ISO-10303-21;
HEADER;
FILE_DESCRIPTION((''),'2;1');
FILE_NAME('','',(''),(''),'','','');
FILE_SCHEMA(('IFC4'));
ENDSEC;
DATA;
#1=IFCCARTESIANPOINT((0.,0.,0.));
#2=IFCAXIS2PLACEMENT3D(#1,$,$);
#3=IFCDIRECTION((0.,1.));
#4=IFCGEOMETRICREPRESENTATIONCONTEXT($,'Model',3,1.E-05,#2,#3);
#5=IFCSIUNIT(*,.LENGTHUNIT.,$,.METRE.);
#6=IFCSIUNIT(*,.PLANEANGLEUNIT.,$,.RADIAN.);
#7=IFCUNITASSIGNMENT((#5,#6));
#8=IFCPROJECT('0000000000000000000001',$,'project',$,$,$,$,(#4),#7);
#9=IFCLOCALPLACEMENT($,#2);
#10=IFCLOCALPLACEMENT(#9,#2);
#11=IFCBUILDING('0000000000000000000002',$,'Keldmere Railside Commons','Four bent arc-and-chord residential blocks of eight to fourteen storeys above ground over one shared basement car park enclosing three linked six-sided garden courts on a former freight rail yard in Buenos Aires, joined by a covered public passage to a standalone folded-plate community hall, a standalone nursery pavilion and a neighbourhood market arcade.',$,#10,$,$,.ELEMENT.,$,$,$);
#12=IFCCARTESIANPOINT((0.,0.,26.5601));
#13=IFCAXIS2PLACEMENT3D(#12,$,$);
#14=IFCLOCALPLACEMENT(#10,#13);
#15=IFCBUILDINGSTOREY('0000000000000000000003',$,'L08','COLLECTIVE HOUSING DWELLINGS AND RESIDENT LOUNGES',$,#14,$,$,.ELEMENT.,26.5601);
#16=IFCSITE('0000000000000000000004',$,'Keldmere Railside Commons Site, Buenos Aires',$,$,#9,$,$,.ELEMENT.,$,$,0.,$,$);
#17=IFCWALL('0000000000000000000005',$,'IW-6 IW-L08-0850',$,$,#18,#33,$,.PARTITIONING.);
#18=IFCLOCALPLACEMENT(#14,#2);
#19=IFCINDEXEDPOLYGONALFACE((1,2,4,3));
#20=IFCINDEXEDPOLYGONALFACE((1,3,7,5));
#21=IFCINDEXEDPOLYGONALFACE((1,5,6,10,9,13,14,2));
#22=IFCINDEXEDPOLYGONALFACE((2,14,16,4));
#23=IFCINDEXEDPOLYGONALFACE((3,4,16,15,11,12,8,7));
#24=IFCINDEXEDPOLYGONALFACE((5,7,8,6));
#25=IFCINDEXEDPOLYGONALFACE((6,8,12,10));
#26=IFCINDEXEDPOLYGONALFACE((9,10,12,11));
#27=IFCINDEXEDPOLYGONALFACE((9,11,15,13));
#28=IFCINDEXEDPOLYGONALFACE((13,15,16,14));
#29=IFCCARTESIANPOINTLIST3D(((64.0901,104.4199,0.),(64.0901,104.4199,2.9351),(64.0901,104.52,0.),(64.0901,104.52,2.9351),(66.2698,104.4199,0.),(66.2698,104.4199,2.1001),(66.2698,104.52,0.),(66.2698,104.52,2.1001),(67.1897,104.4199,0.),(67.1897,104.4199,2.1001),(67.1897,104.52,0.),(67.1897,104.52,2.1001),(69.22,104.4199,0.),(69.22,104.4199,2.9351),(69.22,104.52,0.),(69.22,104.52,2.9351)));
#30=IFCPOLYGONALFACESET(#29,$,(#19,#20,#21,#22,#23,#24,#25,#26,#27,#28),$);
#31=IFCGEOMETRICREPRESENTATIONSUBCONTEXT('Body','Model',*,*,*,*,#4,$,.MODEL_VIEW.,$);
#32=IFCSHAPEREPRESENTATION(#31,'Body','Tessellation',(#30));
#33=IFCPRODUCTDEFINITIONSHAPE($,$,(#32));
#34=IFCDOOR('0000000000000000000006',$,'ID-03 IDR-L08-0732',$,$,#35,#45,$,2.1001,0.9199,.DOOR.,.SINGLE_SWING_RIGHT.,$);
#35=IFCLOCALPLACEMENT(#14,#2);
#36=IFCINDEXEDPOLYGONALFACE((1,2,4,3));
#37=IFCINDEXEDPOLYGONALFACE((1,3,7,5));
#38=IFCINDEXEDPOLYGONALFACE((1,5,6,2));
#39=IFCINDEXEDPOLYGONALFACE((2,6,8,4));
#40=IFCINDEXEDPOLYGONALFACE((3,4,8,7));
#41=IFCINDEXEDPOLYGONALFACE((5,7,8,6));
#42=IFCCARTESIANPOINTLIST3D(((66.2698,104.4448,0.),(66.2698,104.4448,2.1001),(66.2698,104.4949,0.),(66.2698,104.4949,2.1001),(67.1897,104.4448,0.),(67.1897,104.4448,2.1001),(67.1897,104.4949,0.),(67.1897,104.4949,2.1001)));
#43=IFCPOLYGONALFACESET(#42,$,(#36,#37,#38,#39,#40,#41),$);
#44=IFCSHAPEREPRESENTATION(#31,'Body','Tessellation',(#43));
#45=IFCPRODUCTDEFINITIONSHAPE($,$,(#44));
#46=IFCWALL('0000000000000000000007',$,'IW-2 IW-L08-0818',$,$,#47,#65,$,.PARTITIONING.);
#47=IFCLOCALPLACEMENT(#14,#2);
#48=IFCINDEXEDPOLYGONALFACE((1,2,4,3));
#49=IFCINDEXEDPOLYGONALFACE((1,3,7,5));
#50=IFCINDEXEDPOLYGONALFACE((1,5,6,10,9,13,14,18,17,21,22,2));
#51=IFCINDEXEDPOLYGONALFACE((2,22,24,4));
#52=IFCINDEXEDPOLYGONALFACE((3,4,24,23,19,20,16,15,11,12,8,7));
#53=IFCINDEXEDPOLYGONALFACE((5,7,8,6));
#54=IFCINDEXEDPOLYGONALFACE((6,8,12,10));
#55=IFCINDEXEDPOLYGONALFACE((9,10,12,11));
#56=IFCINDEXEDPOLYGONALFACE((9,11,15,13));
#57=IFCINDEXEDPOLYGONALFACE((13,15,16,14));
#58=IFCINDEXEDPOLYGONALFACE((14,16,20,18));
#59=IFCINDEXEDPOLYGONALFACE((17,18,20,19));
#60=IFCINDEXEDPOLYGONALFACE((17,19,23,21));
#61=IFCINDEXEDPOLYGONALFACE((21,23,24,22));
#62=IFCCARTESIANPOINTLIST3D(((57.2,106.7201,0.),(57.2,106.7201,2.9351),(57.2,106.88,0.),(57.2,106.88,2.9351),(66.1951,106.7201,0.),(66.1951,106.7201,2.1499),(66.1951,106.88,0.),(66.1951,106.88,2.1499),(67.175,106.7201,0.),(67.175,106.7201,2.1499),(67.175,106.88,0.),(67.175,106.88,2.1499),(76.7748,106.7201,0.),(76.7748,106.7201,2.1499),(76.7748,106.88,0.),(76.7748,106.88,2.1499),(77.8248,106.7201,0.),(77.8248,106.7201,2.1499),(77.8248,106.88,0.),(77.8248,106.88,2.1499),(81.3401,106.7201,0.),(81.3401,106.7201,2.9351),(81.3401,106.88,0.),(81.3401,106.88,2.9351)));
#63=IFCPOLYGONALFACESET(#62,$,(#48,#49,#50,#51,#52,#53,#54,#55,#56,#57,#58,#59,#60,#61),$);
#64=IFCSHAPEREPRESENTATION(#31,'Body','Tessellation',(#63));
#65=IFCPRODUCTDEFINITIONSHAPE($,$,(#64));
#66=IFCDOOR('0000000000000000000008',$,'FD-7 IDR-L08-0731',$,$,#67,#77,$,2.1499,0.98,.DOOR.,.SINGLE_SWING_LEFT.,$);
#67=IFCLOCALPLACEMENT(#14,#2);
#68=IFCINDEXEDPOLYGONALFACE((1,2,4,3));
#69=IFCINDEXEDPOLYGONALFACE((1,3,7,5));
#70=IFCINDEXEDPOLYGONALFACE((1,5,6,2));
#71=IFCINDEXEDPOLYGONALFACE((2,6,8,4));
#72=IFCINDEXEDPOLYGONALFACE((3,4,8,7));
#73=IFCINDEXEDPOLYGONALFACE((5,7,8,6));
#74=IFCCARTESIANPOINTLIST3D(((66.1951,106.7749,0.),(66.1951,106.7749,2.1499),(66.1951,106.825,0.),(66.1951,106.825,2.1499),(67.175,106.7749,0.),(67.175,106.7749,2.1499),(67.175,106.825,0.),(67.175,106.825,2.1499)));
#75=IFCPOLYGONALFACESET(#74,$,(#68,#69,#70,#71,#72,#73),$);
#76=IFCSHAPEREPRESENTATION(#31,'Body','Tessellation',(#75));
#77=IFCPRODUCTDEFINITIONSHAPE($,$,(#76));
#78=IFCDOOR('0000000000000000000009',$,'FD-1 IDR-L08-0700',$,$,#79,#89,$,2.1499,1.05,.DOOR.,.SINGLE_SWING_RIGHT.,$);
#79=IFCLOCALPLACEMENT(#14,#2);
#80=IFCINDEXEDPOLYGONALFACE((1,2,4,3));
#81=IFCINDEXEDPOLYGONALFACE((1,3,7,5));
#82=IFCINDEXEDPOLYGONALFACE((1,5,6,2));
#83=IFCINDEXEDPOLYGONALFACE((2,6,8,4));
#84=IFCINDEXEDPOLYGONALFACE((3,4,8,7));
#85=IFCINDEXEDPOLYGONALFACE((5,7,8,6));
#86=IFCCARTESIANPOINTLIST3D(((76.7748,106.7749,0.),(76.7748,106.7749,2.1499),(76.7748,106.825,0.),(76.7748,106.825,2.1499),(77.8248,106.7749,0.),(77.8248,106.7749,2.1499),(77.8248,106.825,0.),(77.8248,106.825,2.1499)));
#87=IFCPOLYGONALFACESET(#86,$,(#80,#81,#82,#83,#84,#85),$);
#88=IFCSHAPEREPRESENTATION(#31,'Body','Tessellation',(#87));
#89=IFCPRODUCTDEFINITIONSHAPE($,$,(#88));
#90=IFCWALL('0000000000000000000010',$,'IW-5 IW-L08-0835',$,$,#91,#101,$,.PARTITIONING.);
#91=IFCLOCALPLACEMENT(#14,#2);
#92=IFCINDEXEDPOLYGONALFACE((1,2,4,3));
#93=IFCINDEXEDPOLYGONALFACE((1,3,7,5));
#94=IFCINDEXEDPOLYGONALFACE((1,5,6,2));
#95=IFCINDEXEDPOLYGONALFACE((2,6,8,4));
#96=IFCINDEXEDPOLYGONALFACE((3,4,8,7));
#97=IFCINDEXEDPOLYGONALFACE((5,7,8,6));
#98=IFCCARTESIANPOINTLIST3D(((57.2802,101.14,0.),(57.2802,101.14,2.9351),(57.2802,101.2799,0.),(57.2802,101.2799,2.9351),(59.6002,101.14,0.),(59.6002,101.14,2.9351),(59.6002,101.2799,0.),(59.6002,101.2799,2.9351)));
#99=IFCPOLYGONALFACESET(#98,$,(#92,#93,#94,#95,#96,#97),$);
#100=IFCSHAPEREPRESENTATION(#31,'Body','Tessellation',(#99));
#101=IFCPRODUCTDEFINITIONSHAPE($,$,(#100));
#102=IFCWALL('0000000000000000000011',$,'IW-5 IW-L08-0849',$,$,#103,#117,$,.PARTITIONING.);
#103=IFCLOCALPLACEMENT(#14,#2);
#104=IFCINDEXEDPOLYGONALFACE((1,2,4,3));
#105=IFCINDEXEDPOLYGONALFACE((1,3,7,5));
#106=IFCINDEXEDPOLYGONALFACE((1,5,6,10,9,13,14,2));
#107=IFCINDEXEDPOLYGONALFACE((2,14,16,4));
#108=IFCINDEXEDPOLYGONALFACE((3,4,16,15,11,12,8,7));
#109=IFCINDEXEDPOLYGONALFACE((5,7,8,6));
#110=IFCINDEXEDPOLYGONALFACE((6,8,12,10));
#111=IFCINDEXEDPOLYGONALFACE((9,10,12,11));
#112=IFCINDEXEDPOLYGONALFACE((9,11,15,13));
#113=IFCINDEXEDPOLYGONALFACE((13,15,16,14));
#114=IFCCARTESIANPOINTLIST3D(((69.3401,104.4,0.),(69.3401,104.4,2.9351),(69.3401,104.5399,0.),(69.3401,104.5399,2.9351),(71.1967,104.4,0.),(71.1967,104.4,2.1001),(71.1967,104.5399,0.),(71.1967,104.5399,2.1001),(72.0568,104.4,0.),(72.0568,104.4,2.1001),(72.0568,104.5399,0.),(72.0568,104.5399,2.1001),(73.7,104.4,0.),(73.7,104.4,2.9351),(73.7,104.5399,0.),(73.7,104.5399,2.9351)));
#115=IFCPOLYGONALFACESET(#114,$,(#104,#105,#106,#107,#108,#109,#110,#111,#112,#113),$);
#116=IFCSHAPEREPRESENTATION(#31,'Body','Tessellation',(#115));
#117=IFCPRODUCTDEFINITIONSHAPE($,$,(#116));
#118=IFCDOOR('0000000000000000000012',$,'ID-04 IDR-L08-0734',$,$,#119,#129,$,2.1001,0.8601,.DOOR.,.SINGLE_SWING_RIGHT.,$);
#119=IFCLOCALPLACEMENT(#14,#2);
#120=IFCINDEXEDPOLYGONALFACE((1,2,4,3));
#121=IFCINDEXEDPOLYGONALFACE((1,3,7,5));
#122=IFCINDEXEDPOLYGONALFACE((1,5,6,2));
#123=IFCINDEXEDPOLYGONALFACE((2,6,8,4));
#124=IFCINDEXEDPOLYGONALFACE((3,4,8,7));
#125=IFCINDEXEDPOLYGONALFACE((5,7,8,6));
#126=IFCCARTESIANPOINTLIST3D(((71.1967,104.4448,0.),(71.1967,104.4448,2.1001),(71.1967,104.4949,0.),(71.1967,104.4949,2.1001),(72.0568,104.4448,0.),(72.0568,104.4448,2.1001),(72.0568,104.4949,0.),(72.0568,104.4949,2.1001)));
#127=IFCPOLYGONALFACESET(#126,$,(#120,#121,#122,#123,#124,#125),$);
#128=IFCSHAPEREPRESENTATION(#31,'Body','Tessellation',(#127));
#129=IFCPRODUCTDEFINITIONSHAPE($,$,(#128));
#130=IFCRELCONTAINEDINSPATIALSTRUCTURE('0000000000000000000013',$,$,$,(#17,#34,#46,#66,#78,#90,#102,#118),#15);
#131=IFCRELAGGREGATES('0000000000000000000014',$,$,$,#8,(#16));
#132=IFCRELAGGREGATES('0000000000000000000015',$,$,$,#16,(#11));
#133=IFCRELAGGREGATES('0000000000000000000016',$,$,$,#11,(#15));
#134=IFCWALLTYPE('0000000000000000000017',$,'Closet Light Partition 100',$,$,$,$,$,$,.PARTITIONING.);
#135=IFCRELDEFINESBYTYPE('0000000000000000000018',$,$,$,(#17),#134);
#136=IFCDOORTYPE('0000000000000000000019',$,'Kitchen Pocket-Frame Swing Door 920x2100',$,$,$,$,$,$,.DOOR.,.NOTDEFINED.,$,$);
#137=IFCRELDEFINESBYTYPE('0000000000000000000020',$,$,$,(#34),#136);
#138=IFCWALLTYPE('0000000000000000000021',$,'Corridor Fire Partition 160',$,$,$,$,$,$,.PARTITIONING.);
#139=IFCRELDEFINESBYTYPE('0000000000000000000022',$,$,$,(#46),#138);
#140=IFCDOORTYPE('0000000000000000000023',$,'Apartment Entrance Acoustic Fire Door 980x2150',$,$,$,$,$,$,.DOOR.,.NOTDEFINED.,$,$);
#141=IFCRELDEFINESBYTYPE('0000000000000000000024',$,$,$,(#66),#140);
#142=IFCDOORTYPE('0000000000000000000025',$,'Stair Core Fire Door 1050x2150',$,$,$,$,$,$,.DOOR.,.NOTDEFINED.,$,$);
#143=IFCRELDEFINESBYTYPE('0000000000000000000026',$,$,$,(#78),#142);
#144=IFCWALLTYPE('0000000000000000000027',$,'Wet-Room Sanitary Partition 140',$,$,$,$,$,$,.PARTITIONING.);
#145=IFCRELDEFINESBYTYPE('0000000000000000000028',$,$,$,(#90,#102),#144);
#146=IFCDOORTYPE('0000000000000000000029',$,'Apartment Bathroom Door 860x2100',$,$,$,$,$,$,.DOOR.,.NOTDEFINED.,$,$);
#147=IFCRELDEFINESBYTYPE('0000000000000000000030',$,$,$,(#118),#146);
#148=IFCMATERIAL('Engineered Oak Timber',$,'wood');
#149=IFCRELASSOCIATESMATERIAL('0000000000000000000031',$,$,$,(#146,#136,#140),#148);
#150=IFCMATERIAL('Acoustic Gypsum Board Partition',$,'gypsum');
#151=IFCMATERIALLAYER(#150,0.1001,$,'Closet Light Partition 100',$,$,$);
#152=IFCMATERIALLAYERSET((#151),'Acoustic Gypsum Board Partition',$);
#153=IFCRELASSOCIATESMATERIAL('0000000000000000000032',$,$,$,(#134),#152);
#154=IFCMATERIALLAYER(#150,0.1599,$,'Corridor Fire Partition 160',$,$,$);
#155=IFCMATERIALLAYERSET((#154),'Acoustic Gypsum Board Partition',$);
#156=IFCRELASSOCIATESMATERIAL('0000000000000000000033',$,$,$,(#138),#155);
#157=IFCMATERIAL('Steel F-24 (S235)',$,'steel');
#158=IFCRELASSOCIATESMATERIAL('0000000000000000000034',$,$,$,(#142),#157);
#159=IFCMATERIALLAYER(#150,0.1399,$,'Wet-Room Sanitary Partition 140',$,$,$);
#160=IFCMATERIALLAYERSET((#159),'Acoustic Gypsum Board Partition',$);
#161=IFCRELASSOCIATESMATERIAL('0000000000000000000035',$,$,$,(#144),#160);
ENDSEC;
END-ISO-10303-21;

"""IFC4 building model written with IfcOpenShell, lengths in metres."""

from ifc_helpers import new_model, si_unit, direction, frame, frame_2d, origin, place, context, subcontext, project, spatial, rectangle, extrude, material, layer, layer_set, type_object, element, fill, save


model = new_model("IFC4")

# Units and contexts
model_context = context("Model", 3, precision=1e-05, world=origin(), true_north=direction((0.0, 1.0)))
body_context = subcontext(model_context, "Body", "Model", "MODEL_VIEW")
ifc_project = project(units=[si_unit("LENGTHUNIT", "METRE"), si_unit("PLANEANGLEUNIT", "RADIAN")], contexts=[model_context])

# Site, building, storey
site_placement = place(None, origin())
site = spatial("IfcSite", under=ifc_project, at=site_placement, Name="Keldmere Railside Commons Site, Buenos Aires", CompositionType="ELEMENT", RefElevation=0.0)
building_placement = place(site_placement, origin())
building = spatial("IfcBuilding", under=site, at=building_placement, Name="Keldmere Railside Commons", Description="Four bent arc-and-chord residential blocks of eight to fourteen storeys above ground over one shared basement car park enclosing three linked six-sided garden courts on a former freight rail yard in Buenos Aires, joined by a covered public passage to a standalone folded-plate community hall, a standalone nursery pavilion and a neighbourhood market arcade.", CompositionType="ELEMENT")
storey_placement = place(building_placement, frame((0.0, 0.0, 26.5601)))
storey = spatial("IfcBuildingStorey", under=building, at=storey_placement, Name="L08", Description="COLLECTIVE HOUSING DWELLINGS AND RESIDENT LOUNGES", CompositionType="ELEMENT", Elevation=26.5601)

# Shared definitions
ifc_material_1 = material(Name="Acoustic Gypsum Board Partition", Category="gypsum")

# Shared definitions
ifc_material_2 = material(Name="Engineered Oak Timber", Category="wood")
door_type_1 = type_object("IfcDoorType", Name="Apartment Bathroom Door 860x2100", OperationType="NOTDEFINED", PredefinedType="DOOR", material=ifc_material_2)
door_type_2 = type_object("IfcDoorType", Name="Kitchen Pocket-Frame Swing Door 920x2100", OperationType="NOTDEFINED", PredefinedType="DOOR", material=ifc_material_2)

# Wall, opening, door
ifc_layer_1 = layer(ifc_material_1, 0.1001, Name="Closet Light Partition 100")
ifc_layer_set_1 = layer_set([ifc_layer_1], Name="Acoustic Gypsum Board Partition")
wall_type_1 = type_object("IfcWallType", Name="Closet Light Partition 100", PredefinedType="PARTITIONING", material=ifc_layer_set_1)
wall_1_placement = place(storey_placement, frame((64.0901, 104.47, 0.0), z_axis=(0.0, 0.0, 1.0), x_axis=(1.0, 0.0, 0.0)))
wall_1 = element("IfcWall", 1, at=wall_1_placement, inside=storey, type_object=wall_type_1, Name="IW-6 IW-L08-0850", PredefinedType="PARTITIONING", context=body_context, shape_type="SweptSolid", body=[
    extrude(rectangle(XDim=5.1299, YDim=0.1001, at=frame_2d((2.5649, 0.0))), origin(), (0.0, 0.0, 1.0), 2.9351),
])
opening_1_placement = place(wall_1_placement, frame((2.1797, 0.0, 0.0)))
opening_1 = element("IfcOpeningElement", 2, at=opening_1_placement, cuts=wall_1, PredefinedType="OPENING", context=body_context, shape_type="SweptSolid", body=[
    extrude(rectangle(XDim=0.9199, YDim=2.1001, at=frame_2d((0.46, 1.05))), frame((0.0, 0.0601, 0.0), z_axis=(0.0, -1.0, 0.0), x_axis=(1.0, 0.0, 0.0)), (0.0, 0.0, 1.0), 0.1201),
])
door_1_placement = place(opening_1_placement, origin())
door_1 = element("IfcDoor", 3, at=door_1_placement, inside=storey, type_object=door_type_2, Name="ID-03 IDR-L08-0732", OperationType="SINGLE_SWING_RIGHT", OverallHeight=2.1001, OverallWidth=0.9199, PredefinedType="DOOR", context=body_context, shape_type="SweptSolid", body=[
    extrude(rectangle(XDim=0.9199, YDim=2.1001, at=frame_2d((0.46, 1.05))), frame((0.0, 0.0249, 0.0), z_axis=(0.0, -1.0, 0.0), x_axis=(1.0, 0.0, 0.0)), (0.0, 0.0, 1.0), 0.05),
])
fill(opening_1, door_1)

# Wall, openings, doors
ifc_layer_2 = layer(ifc_material_1, 0.1599, Name="Corridor Fire Partition 160")
ifc_layer_set_2 = layer_set([ifc_layer_2], Name="Acoustic Gypsum Board Partition")
wall_type_2 = type_object("IfcWallType", Name="Corridor Fire Partition 160", PredefinedType="PARTITIONING", material=ifc_layer_set_2)
wall_2_placement = place(storey_placement, frame((57.2, 106.8, 0.0), z_axis=(0.0, 0.0, 1.0), x_axis=(1.0, 0.0, 0.0)))
wall_2 = element("IfcWall", 4, at=wall_2_placement, inside=storey, type_object=wall_type_2, Name="IW-2 IW-L08-0818", PredefinedType="PARTITIONING", context=body_context, shape_type="SweptSolid", body=[
    extrude(rectangle(XDim=24.1401, YDim=0.1599, at=frame_2d((12.0701, 0.0))), origin(), (0.0, 0.0, 1.0), 2.9351),
])
opening_2_placement = place(wall_2_placement, frame((19.575, 0.0, 0.0)))
opening_2 = element("IfcOpeningElement", 5, at=opening_2_placement, cuts=wall_2, PredefinedType="OPENING", context=body_context, shape_type="SweptSolid", body=[
    extrude(rectangle(XDim=1.05, YDim=2.1499, at=frame_2d((0.5249, 1.075))), frame((0.0, 0.0898, 0.0), z_axis=(0.0, -1.0, 0.0), x_axis=(1.0, 0.0, 0.0)), (0.0, 0.0, 1.0), 0.1799),
])
opening_3_placement = place(wall_2_placement, frame((8.9951, 0.0, 0.0)))
opening_3 = element("IfcOpeningElement", 6, at=opening_3_placement, cuts=wall_2, PredefinedType="OPENING", context=body_context, shape_type="SweptSolid", body=[
    extrude(rectangle(XDim=0.98, YDim=2.1499, at=frame_2d((0.49, 1.075))), frame((0.0, 0.0898, 0.0), z_axis=(0.0, -1.0, 0.0), x_axis=(1.0, 0.0, 0.0)), (0.0, 0.0, 1.0), 0.1799),
])
door_type_3 = type_object("IfcDoorType", Name="Apartment Entrance Acoustic Fire Door 980x2150", OperationType="NOTDEFINED", PredefinedType="DOOR", material=ifc_material_2)
door_2_placement = place(opening_3_placement, origin())
door_2 = element("IfcDoor", 7, at=door_2_placement, inside=storey, type_object=door_type_3, Name="FD-7 IDR-L08-0731", OperationType="SINGLE_SWING_LEFT", OverallHeight=2.1499, OverallWidth=0.98, PredefinedType="DOOR", context=body_context, shape_type="SweptSolid", body=[
    extrude(rectangle(XDim=0.98, YDim=2.1499, at=frame_2d((0.49, 1.075))), frame((0.0, 0.0249, 0.0), z_axis=(0.0, -1.0, 0.0), x_axis=(1.0, 0.0, 0.0)), (0.0, 0.0, 1.0), 0.05),
])
fill(opening_3, door_2)
ifc_material_3 = material(Name="Steel F-24 (S235)", Category="steel")
door_type_4 = type_object("IfcDoorType", Name="Stair Core Fire Door 1050x2150", OperationType="NOTDEFINED", PredefinedType="DOOR", material=ifc_material_3)
door_3_placement = place(opening_2_placement, origin())
door_3 = element("IfcDoor", 8, at=door_3_placement, inside=storey, type_object=door_type_4, Name="FD-1 IDR-L08-0700", OperationType="SINGLE_SWING_RIGHT", OverallHeight=2.1499, OverallWidth=1.05, PredefinedType="DOOR", context=body_context, shape_type="SweptSolid", body=[
    extrude(rectangle(XDim=1.05, YDim=2.1499, at=frame_2d((0.5249, 1.075))), frame((0.0, 0.0249, 0.0), z_axis=(0.0, -1.0, 0.0), x_axis=(1.0, 0.0, 0.0)), (0.0, 0.0, 1.0), 0.05),
])
fill(opening_2, door_3)

# Wall
ifc_layer_3 = layer(ifc_material_1, 0.1399, Name="Wet-Room Sanitary Partition 140")
ifc_layer_set_3 = layer_set([ifc_layer_3], Name="Acoustic Gypsum Board Partition")
wall_type_3 = type_object("IfcWallType", Name="Wet-Room Sanitary Partition 140", PredefinedType="PARTITIONING", material=ifc_layer_set_3)
wall_3_placement = place(storey_placement, frame((57.28, 101.21, 0.0), z_axis=(0.0, 0.0, 1.0), x_axis=(1.0, 0.0, 0.0)))
element("IfcWall", 9, at=wall_3_placement, inside=storey, type_object=wall_type_3, Name="IW-5 IW-L08-0835", PredefinedType="PARTITIONING", context=body_context, shape_type="SweptSolid", body=[
    extrude(rectangle(XDim=2.3201, YDim=0.1399, at=frame_2d((1.1602, 0.0))), origin(), (0.0, 0.0, 1.0), 2.9351),
])

# Wall, opening, door
wall_4_placement = place(storey_placement, frame((69.3401, 104.47, 0.0), z_axis=(0.0, 0.0, 1.0), x_axis=(1.0, 0.0, 0.0)))
wall_4 = element("IfcWall", 10, at=wall_4_placement, inside=storey, type_object=wall_type_3, Name="IW-5 IW-L08-0849", PredefinedType="PARTITIONING", context=body_context, shape_type="SweptSolid", body=[
    extrude(rectangle(XDim=4.3599, YDim=0.1399, at=frame_2d((2.1799, 0.0))), origin(), (0.0, 0.0, 1.0), 2.9351),
])
opening_4_placement = place(wall_4_placement, frame((1.8564, 0.0, 0.0)))
opening_4 = element("IfcOpeningElement", 11, at=opening_4_placement, cuts=wall_4, PredefinedType="OPENING", context=body_context, shape_type="SweptSolid", body=[
    extrude(rectangle(XDim=0.8601, YDim=2.1001, at=frame_2d((0.4302, 1.05))), frame((0.0, 0.0798, 0.0), z_axis=(0.0, -1.0, 0.0), x_axis=(1.0, 0.0, 0.0)), (0.0, 0.0, 1.0), 0.1599),
])
door_4_placement = place(opening_4_placement, origin())
door_4 = element("IfcDoor", 12, at=door_4_placement, inside=storey, type_object=door_type_1, Name="ID-04 IDR-L08-0734", OperationType="SINGLE_SWING_RIGHT", OverallHeight=2.1001, OverallWidth=0.8601, PredefinedType="DOOR", context=body_context, shape_type="SweptSolid", body=[
    extrude(rectangle(XDim=0.8601, YDim=2.1001, at=frame_2d((0.4302, 1.05))), frame((0.0, 0.0249, 0.0), z_axis=(0.0, -1.0, 0.0), x_axis=(1.0, 0.0, 0.0)), (0.0, 0.0, 1.0), 0.05),
])
fill(opening_4, door_4)

save(model, "model.ifc")
